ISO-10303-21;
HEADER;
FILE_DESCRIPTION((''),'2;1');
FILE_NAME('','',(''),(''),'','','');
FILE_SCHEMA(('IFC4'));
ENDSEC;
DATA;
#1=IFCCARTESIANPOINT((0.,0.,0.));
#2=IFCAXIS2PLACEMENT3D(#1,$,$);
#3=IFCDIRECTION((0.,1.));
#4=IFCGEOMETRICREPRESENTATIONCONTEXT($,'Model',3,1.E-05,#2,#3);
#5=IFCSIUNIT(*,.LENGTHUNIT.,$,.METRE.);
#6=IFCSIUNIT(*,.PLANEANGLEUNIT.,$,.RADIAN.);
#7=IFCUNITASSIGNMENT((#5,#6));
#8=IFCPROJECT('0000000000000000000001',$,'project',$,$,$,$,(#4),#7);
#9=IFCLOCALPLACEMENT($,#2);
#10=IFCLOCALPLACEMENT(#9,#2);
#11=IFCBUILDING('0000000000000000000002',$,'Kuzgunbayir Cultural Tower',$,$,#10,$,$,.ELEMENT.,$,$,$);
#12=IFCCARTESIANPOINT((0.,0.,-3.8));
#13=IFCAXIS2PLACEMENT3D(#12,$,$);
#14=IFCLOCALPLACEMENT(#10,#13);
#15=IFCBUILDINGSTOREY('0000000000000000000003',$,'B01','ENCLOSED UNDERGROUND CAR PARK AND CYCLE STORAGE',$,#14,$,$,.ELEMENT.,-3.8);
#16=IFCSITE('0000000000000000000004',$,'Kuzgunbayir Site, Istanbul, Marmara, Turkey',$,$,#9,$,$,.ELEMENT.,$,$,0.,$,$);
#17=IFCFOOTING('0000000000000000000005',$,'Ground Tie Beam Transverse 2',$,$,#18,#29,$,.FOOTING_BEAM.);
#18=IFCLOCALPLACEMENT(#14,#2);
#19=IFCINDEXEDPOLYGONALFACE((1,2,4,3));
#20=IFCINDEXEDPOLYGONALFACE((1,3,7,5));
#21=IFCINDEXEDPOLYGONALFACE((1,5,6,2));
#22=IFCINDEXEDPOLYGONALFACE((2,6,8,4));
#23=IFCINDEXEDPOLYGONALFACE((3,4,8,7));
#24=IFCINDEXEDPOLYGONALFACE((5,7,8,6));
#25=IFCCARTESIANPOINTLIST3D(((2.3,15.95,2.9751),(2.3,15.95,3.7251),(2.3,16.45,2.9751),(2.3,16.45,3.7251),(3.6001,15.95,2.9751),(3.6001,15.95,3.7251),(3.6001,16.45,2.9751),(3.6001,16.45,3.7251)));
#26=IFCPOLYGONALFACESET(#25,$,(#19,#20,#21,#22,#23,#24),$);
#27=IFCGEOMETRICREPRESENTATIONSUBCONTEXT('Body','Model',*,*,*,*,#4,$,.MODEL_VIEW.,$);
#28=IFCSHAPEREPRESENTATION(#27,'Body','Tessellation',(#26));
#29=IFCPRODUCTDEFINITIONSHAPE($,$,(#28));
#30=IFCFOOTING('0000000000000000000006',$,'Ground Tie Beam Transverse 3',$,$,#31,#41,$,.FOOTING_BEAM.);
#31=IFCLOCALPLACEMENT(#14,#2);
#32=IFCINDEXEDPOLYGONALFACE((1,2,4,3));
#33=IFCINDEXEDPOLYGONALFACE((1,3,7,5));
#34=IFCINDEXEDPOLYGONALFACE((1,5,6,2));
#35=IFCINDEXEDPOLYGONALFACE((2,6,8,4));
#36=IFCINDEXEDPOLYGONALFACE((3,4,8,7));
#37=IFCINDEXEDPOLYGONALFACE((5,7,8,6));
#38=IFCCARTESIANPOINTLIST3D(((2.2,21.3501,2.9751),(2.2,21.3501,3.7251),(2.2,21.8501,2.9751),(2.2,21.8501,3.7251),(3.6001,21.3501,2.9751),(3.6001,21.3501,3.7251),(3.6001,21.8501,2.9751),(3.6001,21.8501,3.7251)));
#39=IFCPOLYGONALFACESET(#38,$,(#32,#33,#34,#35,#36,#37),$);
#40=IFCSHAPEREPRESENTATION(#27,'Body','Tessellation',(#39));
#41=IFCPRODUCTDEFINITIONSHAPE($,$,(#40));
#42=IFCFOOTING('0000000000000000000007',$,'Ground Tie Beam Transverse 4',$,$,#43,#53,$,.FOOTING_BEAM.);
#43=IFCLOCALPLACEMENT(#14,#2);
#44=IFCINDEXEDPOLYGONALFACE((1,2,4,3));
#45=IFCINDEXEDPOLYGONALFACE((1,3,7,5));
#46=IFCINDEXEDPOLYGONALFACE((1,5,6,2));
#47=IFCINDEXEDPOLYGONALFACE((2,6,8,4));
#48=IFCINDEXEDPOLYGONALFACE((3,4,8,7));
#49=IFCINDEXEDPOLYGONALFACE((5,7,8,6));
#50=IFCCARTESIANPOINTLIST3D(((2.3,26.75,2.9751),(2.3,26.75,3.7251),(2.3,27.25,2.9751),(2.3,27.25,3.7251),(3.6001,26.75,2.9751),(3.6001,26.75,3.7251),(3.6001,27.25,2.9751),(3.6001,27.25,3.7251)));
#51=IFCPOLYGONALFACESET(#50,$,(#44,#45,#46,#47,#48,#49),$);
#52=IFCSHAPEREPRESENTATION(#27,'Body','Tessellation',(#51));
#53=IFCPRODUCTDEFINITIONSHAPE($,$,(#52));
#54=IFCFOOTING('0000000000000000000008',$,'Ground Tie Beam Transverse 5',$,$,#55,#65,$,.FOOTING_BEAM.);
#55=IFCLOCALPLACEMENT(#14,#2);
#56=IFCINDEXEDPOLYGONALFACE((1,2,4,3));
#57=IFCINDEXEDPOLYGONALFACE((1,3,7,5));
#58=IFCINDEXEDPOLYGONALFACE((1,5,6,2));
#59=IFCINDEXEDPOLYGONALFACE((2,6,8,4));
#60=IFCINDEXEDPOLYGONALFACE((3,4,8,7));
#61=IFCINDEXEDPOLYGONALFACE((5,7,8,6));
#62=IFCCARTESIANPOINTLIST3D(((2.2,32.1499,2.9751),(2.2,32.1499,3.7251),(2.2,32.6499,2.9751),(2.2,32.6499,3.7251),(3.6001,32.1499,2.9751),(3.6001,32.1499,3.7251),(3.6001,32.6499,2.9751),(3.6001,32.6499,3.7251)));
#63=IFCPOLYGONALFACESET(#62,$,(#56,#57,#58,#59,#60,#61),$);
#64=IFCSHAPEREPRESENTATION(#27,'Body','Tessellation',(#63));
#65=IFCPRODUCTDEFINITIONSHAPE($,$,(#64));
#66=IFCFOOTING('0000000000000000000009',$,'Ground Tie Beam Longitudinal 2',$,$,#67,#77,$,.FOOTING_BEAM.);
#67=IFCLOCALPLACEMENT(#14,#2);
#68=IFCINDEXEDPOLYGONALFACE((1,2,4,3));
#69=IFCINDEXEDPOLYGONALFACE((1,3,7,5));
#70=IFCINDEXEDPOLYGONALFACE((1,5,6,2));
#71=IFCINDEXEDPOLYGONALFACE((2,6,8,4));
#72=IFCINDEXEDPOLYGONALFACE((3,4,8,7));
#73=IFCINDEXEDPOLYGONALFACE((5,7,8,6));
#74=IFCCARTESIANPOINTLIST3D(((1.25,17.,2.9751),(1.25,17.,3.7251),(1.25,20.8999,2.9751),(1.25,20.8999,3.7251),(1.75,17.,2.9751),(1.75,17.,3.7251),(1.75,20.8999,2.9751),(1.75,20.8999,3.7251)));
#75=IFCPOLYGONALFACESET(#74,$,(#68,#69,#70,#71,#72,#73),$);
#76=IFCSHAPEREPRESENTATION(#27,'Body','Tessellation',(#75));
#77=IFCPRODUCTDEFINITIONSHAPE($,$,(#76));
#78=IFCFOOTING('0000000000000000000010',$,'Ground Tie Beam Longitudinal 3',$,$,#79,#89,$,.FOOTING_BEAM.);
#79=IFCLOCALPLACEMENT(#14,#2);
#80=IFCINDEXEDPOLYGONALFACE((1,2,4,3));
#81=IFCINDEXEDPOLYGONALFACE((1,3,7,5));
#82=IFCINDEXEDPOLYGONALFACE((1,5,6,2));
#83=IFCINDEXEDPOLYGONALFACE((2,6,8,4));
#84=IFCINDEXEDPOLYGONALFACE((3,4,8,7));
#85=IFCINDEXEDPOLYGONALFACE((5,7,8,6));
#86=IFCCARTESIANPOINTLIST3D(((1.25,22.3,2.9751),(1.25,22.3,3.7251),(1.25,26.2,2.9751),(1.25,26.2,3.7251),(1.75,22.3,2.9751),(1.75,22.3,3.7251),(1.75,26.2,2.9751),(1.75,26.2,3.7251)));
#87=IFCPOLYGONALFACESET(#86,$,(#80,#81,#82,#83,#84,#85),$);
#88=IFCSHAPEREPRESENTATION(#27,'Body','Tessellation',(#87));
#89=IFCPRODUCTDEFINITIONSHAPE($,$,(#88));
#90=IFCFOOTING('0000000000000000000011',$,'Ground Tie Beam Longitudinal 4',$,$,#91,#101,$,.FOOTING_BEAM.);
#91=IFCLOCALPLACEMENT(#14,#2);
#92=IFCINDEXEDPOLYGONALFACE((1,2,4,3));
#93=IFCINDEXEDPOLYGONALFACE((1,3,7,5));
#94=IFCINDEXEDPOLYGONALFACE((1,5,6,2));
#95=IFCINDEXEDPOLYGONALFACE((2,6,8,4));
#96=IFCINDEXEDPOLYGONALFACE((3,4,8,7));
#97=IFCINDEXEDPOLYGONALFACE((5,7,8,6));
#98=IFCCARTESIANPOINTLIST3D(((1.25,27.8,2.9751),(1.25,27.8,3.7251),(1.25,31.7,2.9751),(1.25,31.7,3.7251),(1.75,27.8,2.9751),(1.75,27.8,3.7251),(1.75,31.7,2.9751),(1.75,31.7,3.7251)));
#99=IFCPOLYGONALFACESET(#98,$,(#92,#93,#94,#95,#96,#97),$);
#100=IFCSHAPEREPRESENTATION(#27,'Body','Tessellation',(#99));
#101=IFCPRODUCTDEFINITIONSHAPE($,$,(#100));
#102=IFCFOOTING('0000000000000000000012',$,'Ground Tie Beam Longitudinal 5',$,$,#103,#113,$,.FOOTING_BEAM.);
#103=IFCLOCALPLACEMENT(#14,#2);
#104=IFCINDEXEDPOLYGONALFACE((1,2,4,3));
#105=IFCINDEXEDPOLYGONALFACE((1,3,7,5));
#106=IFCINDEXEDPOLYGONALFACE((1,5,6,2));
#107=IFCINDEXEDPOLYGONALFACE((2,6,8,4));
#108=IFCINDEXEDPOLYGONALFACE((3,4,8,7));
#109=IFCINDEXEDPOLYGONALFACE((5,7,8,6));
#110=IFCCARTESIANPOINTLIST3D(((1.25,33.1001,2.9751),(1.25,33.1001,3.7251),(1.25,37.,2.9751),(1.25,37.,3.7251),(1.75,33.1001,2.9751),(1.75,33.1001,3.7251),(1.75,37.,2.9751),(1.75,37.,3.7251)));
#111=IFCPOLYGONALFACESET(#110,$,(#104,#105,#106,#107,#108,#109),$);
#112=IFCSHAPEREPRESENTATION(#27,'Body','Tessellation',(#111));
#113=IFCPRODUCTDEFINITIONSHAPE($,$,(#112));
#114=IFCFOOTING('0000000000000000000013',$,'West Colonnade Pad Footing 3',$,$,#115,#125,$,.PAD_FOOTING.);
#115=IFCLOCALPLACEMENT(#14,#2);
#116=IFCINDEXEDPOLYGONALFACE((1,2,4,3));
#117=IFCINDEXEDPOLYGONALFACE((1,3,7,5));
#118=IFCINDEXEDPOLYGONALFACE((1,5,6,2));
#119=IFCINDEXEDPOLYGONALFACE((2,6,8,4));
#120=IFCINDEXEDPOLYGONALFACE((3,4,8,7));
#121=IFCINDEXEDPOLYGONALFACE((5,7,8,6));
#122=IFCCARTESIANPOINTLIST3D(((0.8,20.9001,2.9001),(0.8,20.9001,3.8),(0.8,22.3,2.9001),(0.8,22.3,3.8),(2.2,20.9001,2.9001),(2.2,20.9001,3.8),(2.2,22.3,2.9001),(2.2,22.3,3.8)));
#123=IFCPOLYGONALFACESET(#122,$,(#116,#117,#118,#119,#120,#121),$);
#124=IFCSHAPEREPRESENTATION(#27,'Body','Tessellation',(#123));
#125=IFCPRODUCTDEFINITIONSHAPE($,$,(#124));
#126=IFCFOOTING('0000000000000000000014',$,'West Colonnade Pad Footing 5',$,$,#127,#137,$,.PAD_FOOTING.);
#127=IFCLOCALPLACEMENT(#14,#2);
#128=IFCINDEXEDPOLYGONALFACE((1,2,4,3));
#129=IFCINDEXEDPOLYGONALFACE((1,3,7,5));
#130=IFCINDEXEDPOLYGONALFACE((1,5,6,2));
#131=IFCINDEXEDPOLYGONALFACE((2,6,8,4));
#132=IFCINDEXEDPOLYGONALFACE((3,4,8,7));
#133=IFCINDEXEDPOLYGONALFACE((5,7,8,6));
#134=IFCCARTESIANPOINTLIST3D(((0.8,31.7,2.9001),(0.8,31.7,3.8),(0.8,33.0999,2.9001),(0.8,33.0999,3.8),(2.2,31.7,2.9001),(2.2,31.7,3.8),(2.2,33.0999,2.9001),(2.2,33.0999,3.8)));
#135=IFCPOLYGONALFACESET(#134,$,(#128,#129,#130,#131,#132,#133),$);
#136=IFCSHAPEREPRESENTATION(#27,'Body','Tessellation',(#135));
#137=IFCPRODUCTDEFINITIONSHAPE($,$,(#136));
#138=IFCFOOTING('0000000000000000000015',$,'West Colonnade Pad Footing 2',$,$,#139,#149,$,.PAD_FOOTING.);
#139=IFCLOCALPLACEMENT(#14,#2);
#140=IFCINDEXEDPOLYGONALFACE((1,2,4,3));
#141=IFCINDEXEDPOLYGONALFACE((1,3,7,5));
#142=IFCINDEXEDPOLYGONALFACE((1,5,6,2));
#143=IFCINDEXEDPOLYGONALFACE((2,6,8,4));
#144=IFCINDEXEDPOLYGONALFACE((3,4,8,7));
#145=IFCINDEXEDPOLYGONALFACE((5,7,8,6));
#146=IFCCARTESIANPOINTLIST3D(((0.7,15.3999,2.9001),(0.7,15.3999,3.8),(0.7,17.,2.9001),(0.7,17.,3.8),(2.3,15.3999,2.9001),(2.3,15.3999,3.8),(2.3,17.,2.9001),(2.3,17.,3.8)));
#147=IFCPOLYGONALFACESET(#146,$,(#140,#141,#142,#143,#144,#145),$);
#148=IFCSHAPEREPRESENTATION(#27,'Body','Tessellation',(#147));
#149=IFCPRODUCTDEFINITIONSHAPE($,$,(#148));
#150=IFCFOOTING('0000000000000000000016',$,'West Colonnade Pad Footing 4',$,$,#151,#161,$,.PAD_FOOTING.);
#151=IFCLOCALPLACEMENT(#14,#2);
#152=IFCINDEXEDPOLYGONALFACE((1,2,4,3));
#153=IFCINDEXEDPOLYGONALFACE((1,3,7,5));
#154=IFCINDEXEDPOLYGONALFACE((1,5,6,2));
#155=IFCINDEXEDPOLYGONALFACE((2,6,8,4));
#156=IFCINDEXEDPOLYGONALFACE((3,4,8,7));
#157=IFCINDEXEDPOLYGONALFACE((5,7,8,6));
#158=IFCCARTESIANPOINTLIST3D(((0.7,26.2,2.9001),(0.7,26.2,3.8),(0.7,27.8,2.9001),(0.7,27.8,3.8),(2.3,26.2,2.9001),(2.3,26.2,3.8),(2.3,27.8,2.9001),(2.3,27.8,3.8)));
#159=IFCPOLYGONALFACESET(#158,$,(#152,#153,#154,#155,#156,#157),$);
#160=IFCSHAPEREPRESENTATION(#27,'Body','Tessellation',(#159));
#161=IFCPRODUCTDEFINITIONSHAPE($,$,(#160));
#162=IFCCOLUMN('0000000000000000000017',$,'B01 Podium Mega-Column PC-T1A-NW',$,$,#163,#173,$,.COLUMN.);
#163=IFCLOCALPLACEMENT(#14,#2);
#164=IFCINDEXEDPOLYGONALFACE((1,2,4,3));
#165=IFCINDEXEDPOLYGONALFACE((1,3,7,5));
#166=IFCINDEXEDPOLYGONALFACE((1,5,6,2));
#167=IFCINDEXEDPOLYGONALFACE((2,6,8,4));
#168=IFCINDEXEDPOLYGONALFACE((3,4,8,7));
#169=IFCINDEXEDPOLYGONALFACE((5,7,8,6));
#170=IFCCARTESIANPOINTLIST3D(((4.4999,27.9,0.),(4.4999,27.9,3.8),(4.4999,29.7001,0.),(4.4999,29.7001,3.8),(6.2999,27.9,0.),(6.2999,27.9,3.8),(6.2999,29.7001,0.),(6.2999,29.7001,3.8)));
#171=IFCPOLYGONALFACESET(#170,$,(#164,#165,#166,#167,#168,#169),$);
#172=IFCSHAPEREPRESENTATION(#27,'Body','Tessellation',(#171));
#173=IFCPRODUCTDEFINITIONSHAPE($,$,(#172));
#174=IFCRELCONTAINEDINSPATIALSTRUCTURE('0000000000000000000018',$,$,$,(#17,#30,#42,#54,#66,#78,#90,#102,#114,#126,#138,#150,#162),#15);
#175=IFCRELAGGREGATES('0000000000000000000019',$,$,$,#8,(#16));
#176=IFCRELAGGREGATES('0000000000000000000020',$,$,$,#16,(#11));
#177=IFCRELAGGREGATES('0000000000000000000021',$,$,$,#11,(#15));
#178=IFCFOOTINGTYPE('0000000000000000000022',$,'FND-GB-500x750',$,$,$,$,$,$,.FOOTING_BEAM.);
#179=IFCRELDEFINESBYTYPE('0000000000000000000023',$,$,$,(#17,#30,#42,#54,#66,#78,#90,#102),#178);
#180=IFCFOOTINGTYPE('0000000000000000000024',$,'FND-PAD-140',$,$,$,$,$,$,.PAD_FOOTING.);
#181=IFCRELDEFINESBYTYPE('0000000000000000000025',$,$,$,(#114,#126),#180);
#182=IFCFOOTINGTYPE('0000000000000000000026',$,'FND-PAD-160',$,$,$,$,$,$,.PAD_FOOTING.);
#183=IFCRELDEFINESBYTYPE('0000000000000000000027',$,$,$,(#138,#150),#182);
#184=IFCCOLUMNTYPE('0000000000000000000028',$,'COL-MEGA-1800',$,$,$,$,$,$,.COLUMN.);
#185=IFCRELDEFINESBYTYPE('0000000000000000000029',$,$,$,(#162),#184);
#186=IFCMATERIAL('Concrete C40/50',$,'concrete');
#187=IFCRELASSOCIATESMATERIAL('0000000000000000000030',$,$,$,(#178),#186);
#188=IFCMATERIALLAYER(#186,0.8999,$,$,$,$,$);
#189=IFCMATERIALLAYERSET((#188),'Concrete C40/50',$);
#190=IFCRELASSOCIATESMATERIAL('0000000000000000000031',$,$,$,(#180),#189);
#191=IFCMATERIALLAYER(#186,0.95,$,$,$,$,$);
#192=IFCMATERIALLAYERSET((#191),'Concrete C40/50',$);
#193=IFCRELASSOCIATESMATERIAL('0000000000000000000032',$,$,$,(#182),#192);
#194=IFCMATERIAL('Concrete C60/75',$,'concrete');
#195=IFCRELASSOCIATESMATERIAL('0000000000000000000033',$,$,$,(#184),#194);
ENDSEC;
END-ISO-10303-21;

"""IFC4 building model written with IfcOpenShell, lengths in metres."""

from ifc_helpers import new_model, si_unit, direction, frame, origin, origin_2d, place, context, subcontext, project, spatial, rectangle, extrude, material, layer, layer_set, material_profile, profile_set, type_object, element, save


model = new_model("IFC4")

# Units and contexts
model_context = context("Model", 3, precision=1e-05, world=origin(), true_north=direction((0.0, 1.0)))
body_context = subcontext(model_context, "Body", "Model", "MODEL_VIEW")
ifc_project = project(units=[si_unit("LENGTHUNIT", "METRE"), si_unit("PLANEANGLEUNIT", "RADIAN")], contexts=[model_context])

# Site, building, storey
site_placement = place(None, origin())
site = spatial("IfcSite", under=ifc_project, at=site_placement, Name="Kuzgunbayir Site, Istanbul, Marmara, Turkey", CompositionType="ELEMENT", RefElevation=0.0)
building_placement = place(site_placement, origin())
building = spatial("IfcBuilding", under=site, at=building_placement, Name="Kuzgunbayir Cultural Tower", CompositionType="ELEMENT")
storey_placement = place(building_placement, frame((0.0, 0.0, -3.8)))
storey = spatial("IfcBuildingStorey", under=building, at=storey_placement, Name="B01", Description="ENCLOSED UNDERGROUND CAR PARK AND CYCLE STORAGE", CompositionType="ELEMENT", Elevation=-3.8)

# Footings
ifc_material_1 = material(Name="Concrete C40/50", Category="concrete")
ifc_material_profile_1 = material_profile(ifc_material_1, rectangle(XDim=0.5, YDim=0.75, at=origin_2d()), Name="RC 500x750")
ifc_profile_set_1 = profile_set([ifc_material_profile_1], Name="Concrete C40/50")
footing_type_1 = type_object("IfcFootingType", Name="FND-GB-500x750", PredefinedType="FOOTING_BEAM", material=ifc_profile_set_1)
footing_1_placement = place(storey_placement, frame((2.3, 16.2, 3.3501), z_axis=(1.0, 0.0, 0.0), x_axis=(0.0, 1.0, 0.0)))
element("IfcFooting", 1, at=footing_1_placement, inside=storey, type_object=footing_type_1, Name="Ground Tie Beam Transverse 2", PredefinedType="FOOTING_BEAM", context=body_context, shape_type="SweptSolid", body=[
    extrude(rectangle(XDim=0.5, YDim=0.75, at=origin_2d()), origin(), (0.0, 0.0, 1.0), 1.3),
])
footing_2_placement = place(storey_placement, frame((2.2, 21.6001, 3.3501), z_axis=(1.0, 0.0, 0.0), x_axis=(0.0, 1.0, 0.0)))
element("IfcFooting", 2, at=footing_2_placement, inside=storey, type_object=footing_type_1, Name="Ground Tie Beam Transverse 3", PredefinedType="FOOTING_BEAM", context=body_context, shape_type="SweptSolid", body=[
    extrude(rectangle(XDim=0.5, YDim=0.75, at=origin_2d()), origin(), (0.0, 0.0, 1.0), 1.4001),
])
footing_3_placement = place(storey_placement, frame((2.3, 27.0, 3.3501), z_axis=(1.0, 0.0, 0.0), x_axis=(0.0, 1.0, 0.0)))
element("IfcFooting", 3, at=footing_3_placement, inside=storey, type_object=footing_type_1, Name="Ground Tie Beam Transverse 4", PredefinedType="FOOTING_BEAM", context=body_context, shape_type="SweptSolid", body=[
    extrude(rectangle(XDim=0.5, YDim=0.75, at=origin_2d()), origin(), (0.0, 0.0, 1.0), 1.3),
])
footing_4_placement = place(storey_placement, frame((2.2, 32.3999, 3.3501), z_axis=(1.0, 0.0, 0.0), x_axis=(0.0, 1.0, 0.0)))
element("IfcFooting", 4, at=footing_4_placement, inside=storey, type_object=footing_type_1, Name="Ground Tie Beam Transverse 5", PredefinedType="FOOTING_BEAM", context=body_context, shape_type="SweptSolid", body=[
    extrude(rectangle(XDim=0.5, YDim=0.75, at=origin_2d()), origin(), (0.0, 0.0, 1.0), 1.4001),
])
for number, where, z_axis, x_axis, name in (
    (5, (1.5, 17.0, 3.3501), (0.0, 1.0, 0.0), (-1.0, 0.0, 0.0), "Ground Tie Beam Longitudinal 2"),
    (6, (1.5, 22.3, 3.3501), (0.0, 1.0, 0.0), (-1.0, 0.0, 0.0), "Ground Tie Beam Longitudinal 3"),
    (7, (1.5, 27.8, 3.3501), (0.0, 1.0, 0.0), (-1.0, 0.0, 0.0), "Ground Tie Beam Longitudinal 4"),
    (8, (1.5, 33.1001, 3.3501), (0.0, 1.0, 0.0), (-1.0, 0.0, 0.0), "Ground Tie Beam Longitudinal 5"),
):
    element("IfcFooting", number, at=place(storey_placement, frame(where, z_axis=z_axis, x_axis=x_axis)), inside=storey, type_object=footing_type_1, Name=name, PredefinedType="FOOTING_BEAM", context=body_context, shape_type="SweptSolid", body=[
        extrude(rectangle(XDim=0.5, YDim=0.75, at=origin_2d()), origin(), (0.0, 0.0, 1.0), 3.8999),
    ])
ifc_layer_1 = layer(ifc_material_1, 0.8999)
ifc_layer_set_1 = layer_set([ifc_layer_1], Name="Concrete C40/50")
footing_type_2 = type_object("IfcFootingType", Name="FND-PAD-140", PredefinedType="PAD_FOOTING", material=ifc_layer_set_1)
for number, where, z_axis, x_axis, name in (
    (9, (1.5, 21.6001, 2.9001), (0.0, 0.0, 1.0), (1.0, 0.0, 0.0), "West Colonnade Pad Footing 3"),
    (10, (1.5, 32.3999, 2.9001), (0.0, 0.0, 1.0), (1.0, 0.0, 0.0), "West Colonnade Pad Footing 5"),
):
    element("IfcFooting", number, at=place(storey_placement, frame(where, z_axis=z_axis, x_axis=x_axis)), inside=storey, type_object=footing_type_2, Name=name, PredefinedType="PAD_FOOTING", context=body_context, shape_type="SweptSolid", body=[
        extrude(rectangle(XDim=1.3999, YDim=1.3999, at=origin_2d()), origin(), (0.0, 0.0, 1.0), 0.8999),
    ])
ifc_layer_2 = layer(ifc_material_1, 0.95)
ifc_layer_set_2 = layer_set([ifc_layer_2], Name="Concrete C40/50")
footing_type_3 = type_object("IfcFootingType", Name="FND-PAD-160", PredefinedType="PAD_FOOTING", material=ifc_layer_set_2)
for number, where, z_axis, x_axis, name in (
    (11, (1.5, 16.2, 2.9001), (0.0, 0.0, 1.0), (1.0, 0.0, 0.0), "West Colonnade Pad Footing 2"),
    (12, (1.5, 27.0, 2.9001), (0.0, 0.0, 1.0), (1.0, 0.0, 0.0), "West Colonnade Pad Footing 4"),
):
    element("IfcFooting", number, at=place(storey_placement, frame(where, z_axis=z_axis, x_axis=x_axis)), inside=storey, type_object=footing_type_3, Name=name, PredefinedType="PAD_FOOTING", context=body_context, shape_type="SweptSolid", body=[
        extrude(rectangle(XDim=1.6001, YDim=1.6001, at=origin_2d()), origin(), (0.0, 0.0, 1.0), 0.8999),
    ])

# Column
ifc_material_2 = material(Name="Concrete C60/75", Category="concrete")
ifc_material_profile_2 = material_profile(ifc_material_2, rectangle(XDim=1.8, YDim=1.8, at=origin_2d()), Name="RC 1800x1800")
ifc_profile_set_2 = profile_set([ifc_material_profile_2], Name="Concrete C60/75")
column_type = type_object("IfcColumnType", Name="COL-MEGA-1800", PredefinedType="COLUMN", material=ifc_profile_set_2)
column_placement = place(storey_placement, frame((5.3999, 28.8, 0.0), z_axis=(0.0, 0.0, 1.0), x_axis=(1.0, 0.0, 0.0)))
element("IfcColumn", 13, at=column_placement, inside=storey, type_object=column_type, Name="B01 Podium Mega-Column PC-T1A-NW", PredefinedType="COLUMN", context=body_context, shape_type="SweptSolid", body=[
    extrude(rectangle(XDim=1.8, YDim=1.8, at=origin_2d()), origin(), (0.0, 0.0, 1.0), 3.8),
])

save(model, "model.ifc")
